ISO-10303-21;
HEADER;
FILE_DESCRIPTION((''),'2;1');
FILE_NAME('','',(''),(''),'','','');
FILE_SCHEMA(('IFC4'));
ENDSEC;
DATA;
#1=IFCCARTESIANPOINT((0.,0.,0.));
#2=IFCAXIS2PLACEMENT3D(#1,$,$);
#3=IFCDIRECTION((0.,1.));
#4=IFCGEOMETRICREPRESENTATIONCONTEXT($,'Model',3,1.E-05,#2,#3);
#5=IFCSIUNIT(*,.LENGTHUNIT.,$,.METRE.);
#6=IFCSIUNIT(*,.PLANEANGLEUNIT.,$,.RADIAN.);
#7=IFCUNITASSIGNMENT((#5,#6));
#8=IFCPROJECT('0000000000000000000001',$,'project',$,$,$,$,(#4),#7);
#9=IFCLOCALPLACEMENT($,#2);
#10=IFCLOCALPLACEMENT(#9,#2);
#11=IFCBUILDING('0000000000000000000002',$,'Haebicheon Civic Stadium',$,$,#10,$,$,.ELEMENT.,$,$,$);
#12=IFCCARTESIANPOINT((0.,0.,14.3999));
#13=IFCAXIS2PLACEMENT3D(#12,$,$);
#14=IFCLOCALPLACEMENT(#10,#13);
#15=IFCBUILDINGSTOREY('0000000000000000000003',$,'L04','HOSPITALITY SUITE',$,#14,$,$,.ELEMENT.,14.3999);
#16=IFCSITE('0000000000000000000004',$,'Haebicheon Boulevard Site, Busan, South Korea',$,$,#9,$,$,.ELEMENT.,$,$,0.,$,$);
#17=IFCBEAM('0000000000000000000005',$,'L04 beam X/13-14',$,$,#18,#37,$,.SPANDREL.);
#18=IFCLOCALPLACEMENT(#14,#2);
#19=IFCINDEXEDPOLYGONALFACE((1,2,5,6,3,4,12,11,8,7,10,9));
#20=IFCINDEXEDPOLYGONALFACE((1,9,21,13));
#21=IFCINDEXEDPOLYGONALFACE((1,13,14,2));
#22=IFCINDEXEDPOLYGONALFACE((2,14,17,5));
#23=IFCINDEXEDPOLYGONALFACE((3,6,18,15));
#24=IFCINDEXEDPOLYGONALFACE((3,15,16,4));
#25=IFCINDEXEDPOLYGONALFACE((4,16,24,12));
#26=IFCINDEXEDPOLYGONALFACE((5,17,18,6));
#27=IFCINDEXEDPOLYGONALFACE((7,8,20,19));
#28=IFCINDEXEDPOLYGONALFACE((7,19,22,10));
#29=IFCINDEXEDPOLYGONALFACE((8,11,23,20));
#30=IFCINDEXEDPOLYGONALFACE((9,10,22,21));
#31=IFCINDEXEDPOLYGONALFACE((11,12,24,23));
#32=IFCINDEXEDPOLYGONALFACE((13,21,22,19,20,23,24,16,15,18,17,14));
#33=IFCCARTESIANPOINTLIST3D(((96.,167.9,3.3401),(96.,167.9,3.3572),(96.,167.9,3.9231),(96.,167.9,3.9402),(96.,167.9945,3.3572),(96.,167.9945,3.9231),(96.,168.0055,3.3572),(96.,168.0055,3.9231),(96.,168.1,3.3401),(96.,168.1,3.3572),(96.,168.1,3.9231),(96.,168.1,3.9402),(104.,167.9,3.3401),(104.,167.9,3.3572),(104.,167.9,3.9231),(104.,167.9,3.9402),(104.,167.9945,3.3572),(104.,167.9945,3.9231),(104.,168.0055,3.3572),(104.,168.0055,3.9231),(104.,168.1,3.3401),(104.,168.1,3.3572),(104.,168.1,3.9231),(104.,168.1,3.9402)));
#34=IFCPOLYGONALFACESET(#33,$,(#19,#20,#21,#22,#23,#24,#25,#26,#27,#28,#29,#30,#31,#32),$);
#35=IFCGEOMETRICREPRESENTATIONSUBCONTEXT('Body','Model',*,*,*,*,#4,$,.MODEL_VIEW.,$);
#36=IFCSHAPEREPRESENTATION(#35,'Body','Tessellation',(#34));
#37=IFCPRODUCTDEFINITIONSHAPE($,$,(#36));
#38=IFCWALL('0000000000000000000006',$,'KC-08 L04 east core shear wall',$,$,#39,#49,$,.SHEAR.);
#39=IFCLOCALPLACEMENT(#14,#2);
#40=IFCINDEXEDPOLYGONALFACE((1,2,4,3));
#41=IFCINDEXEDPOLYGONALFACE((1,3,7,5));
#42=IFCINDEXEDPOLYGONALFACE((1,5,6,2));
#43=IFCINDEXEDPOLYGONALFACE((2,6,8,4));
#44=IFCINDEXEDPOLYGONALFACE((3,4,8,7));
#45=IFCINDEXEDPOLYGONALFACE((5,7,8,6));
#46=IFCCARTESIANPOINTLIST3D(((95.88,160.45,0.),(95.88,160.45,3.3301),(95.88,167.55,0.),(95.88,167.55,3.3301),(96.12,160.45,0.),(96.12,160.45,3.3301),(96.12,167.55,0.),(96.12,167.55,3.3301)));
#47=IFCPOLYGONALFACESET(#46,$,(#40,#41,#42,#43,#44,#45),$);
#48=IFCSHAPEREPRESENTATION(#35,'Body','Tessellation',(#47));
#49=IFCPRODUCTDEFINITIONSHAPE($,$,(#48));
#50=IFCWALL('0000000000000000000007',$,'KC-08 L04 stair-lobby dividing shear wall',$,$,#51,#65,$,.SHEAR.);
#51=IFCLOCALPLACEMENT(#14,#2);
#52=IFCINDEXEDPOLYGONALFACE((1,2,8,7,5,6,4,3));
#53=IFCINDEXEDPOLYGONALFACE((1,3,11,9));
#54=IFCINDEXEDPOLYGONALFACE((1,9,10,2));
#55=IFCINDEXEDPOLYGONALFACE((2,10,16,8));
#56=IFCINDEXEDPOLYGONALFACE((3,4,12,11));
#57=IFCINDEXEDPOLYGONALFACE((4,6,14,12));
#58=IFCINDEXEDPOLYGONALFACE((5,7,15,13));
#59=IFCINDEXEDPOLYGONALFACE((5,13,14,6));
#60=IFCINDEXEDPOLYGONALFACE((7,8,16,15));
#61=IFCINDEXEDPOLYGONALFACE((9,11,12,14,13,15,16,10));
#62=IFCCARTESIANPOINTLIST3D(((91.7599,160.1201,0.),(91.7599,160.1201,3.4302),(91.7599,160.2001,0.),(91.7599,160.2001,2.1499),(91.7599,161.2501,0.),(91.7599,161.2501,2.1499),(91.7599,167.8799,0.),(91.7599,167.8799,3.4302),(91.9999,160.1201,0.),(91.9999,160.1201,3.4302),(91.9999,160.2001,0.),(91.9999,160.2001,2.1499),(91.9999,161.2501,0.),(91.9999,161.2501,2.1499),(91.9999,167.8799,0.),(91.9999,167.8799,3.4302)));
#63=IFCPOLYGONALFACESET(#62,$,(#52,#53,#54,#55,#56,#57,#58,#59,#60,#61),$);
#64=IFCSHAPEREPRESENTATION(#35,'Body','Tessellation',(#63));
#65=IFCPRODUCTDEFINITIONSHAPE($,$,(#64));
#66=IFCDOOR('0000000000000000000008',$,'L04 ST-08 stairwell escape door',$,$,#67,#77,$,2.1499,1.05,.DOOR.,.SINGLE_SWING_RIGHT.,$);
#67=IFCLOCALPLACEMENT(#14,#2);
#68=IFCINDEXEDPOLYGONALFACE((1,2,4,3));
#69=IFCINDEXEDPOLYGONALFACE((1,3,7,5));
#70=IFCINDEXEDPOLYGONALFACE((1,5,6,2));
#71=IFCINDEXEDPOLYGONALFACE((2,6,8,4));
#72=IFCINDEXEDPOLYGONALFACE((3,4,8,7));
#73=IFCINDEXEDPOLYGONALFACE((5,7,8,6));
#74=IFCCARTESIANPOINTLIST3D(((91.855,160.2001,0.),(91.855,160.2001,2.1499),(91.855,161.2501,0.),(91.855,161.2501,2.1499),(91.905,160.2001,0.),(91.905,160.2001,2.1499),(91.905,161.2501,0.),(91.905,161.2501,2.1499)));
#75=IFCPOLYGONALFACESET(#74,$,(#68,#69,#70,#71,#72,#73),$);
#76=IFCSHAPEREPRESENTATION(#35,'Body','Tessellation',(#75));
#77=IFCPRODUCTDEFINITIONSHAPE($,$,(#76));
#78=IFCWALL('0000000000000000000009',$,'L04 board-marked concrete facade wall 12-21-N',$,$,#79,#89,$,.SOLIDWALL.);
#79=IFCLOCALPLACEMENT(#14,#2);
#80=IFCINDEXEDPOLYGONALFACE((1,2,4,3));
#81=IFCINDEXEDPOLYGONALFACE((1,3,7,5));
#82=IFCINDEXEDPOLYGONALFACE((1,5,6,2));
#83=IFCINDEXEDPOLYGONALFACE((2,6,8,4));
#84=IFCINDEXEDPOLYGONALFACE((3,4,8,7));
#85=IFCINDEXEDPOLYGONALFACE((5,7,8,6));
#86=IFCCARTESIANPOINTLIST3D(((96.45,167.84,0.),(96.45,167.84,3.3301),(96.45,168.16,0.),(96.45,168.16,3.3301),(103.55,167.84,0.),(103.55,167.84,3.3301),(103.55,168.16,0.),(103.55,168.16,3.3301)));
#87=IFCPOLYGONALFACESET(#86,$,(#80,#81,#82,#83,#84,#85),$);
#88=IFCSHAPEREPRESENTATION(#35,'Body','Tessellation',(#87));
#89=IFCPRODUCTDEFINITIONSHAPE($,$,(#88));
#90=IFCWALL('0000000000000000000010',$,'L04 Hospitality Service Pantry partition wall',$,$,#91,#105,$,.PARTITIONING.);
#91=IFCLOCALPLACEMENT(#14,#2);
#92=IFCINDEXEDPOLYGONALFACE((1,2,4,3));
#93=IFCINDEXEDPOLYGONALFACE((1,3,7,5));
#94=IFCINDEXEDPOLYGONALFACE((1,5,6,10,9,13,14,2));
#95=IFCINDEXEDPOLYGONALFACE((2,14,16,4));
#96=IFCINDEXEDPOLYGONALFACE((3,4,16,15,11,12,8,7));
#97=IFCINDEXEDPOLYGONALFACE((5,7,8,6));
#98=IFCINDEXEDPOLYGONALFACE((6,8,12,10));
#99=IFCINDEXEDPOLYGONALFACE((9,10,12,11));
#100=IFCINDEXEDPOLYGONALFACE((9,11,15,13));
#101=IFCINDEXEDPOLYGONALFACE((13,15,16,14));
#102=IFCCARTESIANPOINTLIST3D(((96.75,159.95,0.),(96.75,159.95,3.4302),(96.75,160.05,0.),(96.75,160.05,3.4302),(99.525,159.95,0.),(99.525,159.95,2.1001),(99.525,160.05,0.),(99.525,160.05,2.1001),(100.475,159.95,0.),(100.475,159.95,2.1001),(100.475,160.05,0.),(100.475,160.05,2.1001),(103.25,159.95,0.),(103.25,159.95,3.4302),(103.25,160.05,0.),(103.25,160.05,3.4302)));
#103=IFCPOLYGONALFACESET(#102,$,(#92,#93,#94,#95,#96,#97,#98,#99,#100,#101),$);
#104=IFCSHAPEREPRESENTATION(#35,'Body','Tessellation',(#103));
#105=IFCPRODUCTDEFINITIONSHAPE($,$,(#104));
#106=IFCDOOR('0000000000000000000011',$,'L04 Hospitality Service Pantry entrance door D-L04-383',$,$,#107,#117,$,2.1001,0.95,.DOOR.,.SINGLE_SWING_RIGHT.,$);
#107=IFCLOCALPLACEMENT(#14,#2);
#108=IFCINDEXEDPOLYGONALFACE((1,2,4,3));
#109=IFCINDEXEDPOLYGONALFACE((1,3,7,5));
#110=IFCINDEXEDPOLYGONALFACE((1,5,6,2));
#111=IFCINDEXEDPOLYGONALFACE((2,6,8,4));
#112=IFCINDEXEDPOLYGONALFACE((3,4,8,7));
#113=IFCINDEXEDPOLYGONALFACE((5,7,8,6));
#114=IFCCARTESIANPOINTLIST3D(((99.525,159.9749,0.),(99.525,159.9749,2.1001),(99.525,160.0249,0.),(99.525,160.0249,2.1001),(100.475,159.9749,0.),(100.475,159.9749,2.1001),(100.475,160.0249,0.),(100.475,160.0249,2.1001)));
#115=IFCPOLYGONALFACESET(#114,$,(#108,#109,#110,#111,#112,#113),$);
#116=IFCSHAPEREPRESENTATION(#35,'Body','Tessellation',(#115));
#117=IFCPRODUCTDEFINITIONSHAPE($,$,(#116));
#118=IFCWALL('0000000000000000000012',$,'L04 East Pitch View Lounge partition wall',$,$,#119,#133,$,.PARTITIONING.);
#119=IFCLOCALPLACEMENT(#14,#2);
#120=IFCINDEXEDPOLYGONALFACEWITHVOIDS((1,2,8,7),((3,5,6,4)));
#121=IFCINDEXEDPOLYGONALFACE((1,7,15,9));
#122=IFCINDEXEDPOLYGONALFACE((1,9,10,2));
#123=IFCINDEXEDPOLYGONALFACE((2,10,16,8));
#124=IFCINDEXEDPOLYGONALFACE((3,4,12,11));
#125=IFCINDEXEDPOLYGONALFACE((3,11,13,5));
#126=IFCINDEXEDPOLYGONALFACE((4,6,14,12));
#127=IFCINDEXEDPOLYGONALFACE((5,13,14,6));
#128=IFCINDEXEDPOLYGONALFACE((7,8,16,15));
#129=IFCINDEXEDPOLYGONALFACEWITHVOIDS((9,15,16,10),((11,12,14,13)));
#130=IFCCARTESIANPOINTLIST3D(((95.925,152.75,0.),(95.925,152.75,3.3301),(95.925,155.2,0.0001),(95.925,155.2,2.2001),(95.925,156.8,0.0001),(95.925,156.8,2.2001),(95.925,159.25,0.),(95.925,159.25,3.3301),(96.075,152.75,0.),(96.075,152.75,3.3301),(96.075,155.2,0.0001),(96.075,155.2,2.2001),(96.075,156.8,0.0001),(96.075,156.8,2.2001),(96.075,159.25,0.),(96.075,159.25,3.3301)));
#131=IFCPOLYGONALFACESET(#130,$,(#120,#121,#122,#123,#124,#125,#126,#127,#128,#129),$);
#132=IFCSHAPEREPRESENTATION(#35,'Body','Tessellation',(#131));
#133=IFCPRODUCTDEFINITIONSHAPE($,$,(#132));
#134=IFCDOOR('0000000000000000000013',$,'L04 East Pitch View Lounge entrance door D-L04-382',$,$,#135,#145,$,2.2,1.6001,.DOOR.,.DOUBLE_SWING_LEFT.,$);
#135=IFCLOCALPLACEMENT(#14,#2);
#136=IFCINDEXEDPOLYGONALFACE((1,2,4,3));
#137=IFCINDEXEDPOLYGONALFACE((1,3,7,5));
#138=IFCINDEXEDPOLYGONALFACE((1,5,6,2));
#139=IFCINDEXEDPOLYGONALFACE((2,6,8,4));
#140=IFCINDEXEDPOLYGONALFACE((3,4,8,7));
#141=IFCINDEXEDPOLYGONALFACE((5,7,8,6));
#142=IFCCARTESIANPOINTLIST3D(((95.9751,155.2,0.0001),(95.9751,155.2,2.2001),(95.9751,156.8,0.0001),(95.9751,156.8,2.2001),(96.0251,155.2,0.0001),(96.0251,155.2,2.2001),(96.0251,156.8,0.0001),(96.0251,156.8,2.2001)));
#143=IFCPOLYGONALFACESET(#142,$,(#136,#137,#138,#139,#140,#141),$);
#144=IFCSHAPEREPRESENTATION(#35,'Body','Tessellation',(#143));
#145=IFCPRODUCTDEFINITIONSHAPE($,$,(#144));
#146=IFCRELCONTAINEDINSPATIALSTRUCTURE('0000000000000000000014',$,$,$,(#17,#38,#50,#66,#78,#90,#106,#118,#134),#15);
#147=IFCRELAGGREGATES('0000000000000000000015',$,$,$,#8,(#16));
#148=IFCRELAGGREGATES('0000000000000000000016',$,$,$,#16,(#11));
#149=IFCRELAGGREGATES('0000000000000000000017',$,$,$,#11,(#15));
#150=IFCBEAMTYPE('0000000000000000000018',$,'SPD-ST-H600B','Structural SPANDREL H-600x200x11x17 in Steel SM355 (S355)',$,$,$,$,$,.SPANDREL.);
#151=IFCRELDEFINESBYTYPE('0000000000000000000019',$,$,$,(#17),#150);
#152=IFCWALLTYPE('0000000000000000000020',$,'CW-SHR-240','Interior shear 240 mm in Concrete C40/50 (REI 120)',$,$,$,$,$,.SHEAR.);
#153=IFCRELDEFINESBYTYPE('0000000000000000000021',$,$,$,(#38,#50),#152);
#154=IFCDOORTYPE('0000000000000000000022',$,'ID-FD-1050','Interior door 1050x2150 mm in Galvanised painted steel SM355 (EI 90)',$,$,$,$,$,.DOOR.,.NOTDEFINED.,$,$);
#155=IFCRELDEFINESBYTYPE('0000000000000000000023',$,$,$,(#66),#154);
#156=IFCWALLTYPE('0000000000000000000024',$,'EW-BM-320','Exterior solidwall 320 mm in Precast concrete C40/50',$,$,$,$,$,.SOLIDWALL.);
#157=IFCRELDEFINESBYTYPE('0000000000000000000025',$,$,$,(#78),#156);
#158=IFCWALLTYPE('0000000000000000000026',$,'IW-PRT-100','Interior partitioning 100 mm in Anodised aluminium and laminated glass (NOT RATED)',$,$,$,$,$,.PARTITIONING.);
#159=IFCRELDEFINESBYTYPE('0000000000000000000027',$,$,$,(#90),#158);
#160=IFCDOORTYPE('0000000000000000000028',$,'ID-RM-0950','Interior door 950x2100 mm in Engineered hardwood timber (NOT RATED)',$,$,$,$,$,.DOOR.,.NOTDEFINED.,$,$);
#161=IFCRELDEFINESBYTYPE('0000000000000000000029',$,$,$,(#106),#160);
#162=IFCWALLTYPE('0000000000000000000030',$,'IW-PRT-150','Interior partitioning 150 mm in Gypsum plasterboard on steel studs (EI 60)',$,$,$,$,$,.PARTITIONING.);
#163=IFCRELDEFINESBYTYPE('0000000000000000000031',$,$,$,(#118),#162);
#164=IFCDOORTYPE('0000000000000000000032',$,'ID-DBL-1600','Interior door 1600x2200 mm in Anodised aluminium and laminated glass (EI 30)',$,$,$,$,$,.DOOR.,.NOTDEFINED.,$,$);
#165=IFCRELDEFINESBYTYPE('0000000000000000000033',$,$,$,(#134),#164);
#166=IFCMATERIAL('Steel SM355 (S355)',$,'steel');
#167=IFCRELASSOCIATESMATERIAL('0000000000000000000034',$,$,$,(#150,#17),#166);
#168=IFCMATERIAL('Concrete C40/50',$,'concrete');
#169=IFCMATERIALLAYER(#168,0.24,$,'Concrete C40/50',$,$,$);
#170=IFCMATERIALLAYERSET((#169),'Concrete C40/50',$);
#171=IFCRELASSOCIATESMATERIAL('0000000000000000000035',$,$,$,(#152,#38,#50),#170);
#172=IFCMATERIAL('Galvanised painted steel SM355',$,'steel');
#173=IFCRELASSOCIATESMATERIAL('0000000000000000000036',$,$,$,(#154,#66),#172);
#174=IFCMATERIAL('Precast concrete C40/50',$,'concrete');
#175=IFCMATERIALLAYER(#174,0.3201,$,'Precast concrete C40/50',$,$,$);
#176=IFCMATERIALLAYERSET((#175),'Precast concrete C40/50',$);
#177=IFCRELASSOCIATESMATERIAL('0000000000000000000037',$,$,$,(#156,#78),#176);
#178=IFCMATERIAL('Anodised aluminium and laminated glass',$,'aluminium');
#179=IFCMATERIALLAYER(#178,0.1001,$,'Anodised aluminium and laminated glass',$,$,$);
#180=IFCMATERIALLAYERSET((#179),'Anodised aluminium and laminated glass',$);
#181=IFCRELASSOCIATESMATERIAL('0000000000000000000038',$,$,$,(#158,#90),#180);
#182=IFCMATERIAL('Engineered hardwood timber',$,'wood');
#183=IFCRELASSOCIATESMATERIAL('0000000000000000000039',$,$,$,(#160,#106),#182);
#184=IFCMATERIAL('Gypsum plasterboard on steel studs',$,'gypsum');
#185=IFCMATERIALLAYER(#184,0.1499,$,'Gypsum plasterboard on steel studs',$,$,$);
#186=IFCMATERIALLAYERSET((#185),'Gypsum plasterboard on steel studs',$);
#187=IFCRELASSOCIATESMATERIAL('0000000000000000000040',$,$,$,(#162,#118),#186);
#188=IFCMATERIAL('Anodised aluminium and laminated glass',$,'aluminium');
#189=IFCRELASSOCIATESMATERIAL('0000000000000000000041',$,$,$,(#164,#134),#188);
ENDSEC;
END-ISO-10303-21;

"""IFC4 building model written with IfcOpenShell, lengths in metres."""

from ifc_helpers import new_model, si_unit, direction, frame, frame_2d, origin, origin_2d, place, context, subcontext, project, spatial, rectangle, i_section, extrude, material, layer, layer_set, material_profile, profile_set, type_object, element, fill, save


model = new_model("IFC4")

# Units and contexts
model_context = context("Model", 3, precision=1e-05, world=origin(), true_north=direction((0.0, 1.0)))
body_context = subcontext(model_context, "Body", "Model", "MODEL_VIEW")
ifc_project = project(units=[si_unit("LENGTHUNIT", "METRE"), si_unit("PLANEANGLEUNIT", "RADIAN")], contexts=[model_context])

# Site, building, storey
site_placement = place(None, origin())
site = spatial("IfcSite", under=ifc_project, at=site_placement, Name="Haebicheon Boulevard Site, Busan, South Korea", CompositionType="ELEMENT", RefElevation=0.0)
building_placement = place(site_placement, origin())
building = spatial("IfcBuilding", under=site, at=building_placement, Name="Haebicheon Civic Stadium", CompositionType="ELEMENT")
storey_placement = place(building_placement, frame((0.0, 0.0, 14.3999)))
storey = spatial("IfcBuildingStorey", under=building, at=storey_placement, Name="L04", Description="HOSPITALITY SUITE", CompositionType="ELEMENT", Elevation=14.3999)

# Beam
ifc_material_1 = material(Name="Steel SM355 (S355)", Category="steel")
ifc_material_profile_1 = material_profile(ifc_material_1, i_section(OverallWidth=0.2, OverallDepth=0.6001, WebThickness=0.011, FlangeThickness=0.0171, at=origin_2d()), Name="H-600x200x11x17")
ifc_profile_set_1 = profile_set([ifc_material_profile_1], Name="Steel SM355 (S355)")
beam_type_1 = type_object("IfcBeamType", Name="SPD-ST-H600B", Description="Structural SPANDREL H-600x200x11x17 in Steel SM355 (S355)", PredefinedType="SPANDREL", material=ifc_profile_set_1)
beam_1_placement = place(storey_placement, frame((96.0, 168.0, 3.6401), z_axis=(1.0, 0.0, 0.0), x_axis=(0.0, 1.0, 0.0)))
element("IfcBeam", 1, at=beam_1_placement, inside=storey, type_object=beam_type_1, material=ifc_profile_set_1, Name="L04 beam X/13-14", PredefinedType="SPANDREL", context=body_context, shape_type="SweptSolid", body=[
    extrude(i_section(OverallWidth=0.2, OverallDepth=0.6001, WebThickness=0.011, FlangeThickness=0.0171, at=origin_2d()), origin(), (0.0, 0.0, 1.0), 8.0),
])

# Wall
ifc_material_2 = material(Name="Concrete C40/50", Category="concrete")
ifc_layer_1 = layer(ifc_material_2, 0.24, Name="Concrete C40/50")
ifc_layer_set_1 = layer_set([ifc_layer_1], Name="Concrete C40/50")
wall_type_1 = type_object("IfcWallType", Name="CW-SHR-240", Description="Interior shear 240 mm in Concrete C40/50 (REI 120)", PredefinedType="SHEAR", material=ifc_layer_set_1)
wall_1_placement = place(storey_placement, frame((96.0, 160.45, 0.0), z_axis=(0.0, 0.0, 1.0), x_axis=(0.0, 1.0, 0.0)))
element("IfcWall", 2, at=wall_1_placement, inside=storey, type_object=wall_type_1, material=ifc_layer_set_1, Name="KC-08 L04 east core shear wall", PredefinedType="SHEAR", context=body_context, shape_type="SweptSolid", body=[
    extrude(rectangle(XDim=7.1001, YDim=0.24, at=frame_2d((3.55, 0.0))), origin(), (0.0, 0.0, 1.0), 3.3301),
])

# Wall, opening, door
wall_2_placement = place(storey_placement, frame((91.8799, 160.1201, 0.0), z_axis=(0.0, 0.0, 1.0), x_axis=(0.0, 1.0, 0.0)))
wall_2 = element("IfcWall", 3, at=wall_2_placement, inside=storey, type_object=wall_type_1, material=ifc_layer_set_1, Name="KC-08 L04 stair-lobby dividing shear wall", PredefinedType="SHEAR", context=body_context, shape_type="SweptSolid", body=[
    extrude(rectangle(XDim=7.7598, YDim=0.24, at=frame_2d((3.8799, 0.0))), origin(), (0.0, 0.0, 1.0), 3.4302),
])
opening_1_placement = place(wall_2_placement, frame((0.0801, 0.0, 0.0)))
opening_1 = element("IfcOpeningElement", 4, at=opening_1_placement, cuts=wall_2, PredefinedType="OPENING", context=body_context, shape_type="SweptSolid", body=[
    extrude(rectangle(XDim=1.05, YDim=2.1499, at=frame_2d((0.5249, 1.075))), frame((0.0, 0.1299, 0.0), z_axis=(0.0, -1.0, 0.0), x_axis=(1.0, 0.0, 0.0)), (0.0, 0.0, 1.0), 0.26),
])
ifc_material_3 = material(Name="Galvanised painted steel SM355", Category="steel")
door_type_1 = type_object("IfcDoorType", Name="ID-FD-1050", Description="Interior door 1050x2150 mm in Galvanised painted steel SM355 (EI 90)", OperationType="NOTDEFINED", PredefinedType="DOOR", material=ifc_material_3)
door_1_placement = place(opening_1_placement, origin())
door_1 = element("IfcDoor", 5, at=door_1_placement, inside=storey, type_object=door_type_1, material=ifc_material_3, Name="L04 ST-08 stairwell escape door", OperationType="SINGLE_SWING_RIGHT", OverallHeight=2.1499, OverallWidth=1.05, PredefinedType="DOOR", context=body_context, shape_type="SweptSolid", body=[
    extrude(rectangle(XDim=1.05, YDim=2.1499, at=frame_2d((0.5249, 1.075))), frame((0.0, 0.0249, 0.0), z_axis=(0.0, -1.0, 0.0), x_axis=(1.0, 0.0, 0.0)), (0.0, 0.0, 1.0), 0.05),
])
fill(opening_1, door_1)

# Wall
ifc_material_4 = material(Name="Precast concrete C40/50", Category="concrete")
ifc_layer_2 = layer(ifc_material_4, 0.3201, Name="Precast concrete C40/50")
ifc_layer_set_2 = layer_set([ifc_layer_2], Name="Precast concrete C40/50")
wall_type_2 = type_object("IfcWallType", Name="EW-BM-320", Description="Exterior solidwall 320 mm in Precast concrete C40/50", PredefinedType="SOLIDWALL", material=ifc_layer_set_2)
wall_3_placement = place(storey_placement, frame((96.45, 168.0, 0.0), z_axis=(0.0, 0.0, 1.0), x_axis=(1.0, 0.0, 0.0)))
element("IfcWall", 6, at=wall_3_placement, inside=storey, type_object=wall_type_2, material=ifc_layer_set_2, Name="L04 board-marked concrete facade wall 12-21-N", PredefinedType="SOLIDWALL", context=body_context, shape_type="SweptSolid", body=[
    extrude(rectangle(XDim=7.1001, YDim=0.3201, at=frame_2d((3.55, 0.0))), origin(), (0.0, 0.0, 1.0), 3.3301),
])

# Walls, openings, doors
ifc_material_5 = material(Name="Anodised aluminium and laminated glass", Category="aluminium")
ifc_layer_3 = layer(ifc_material_5, 0.1001, Name="Anodised aluminium and laminated glass")
ifc_layer_set_3 = layer_set([ifc_layer_3], Name="Anodised aluminium and laminated glass")
wall_type_3 = type_object("IfcWallType", Name="IW-PRT-100", Description="Interior partitioning 100 mm in Anodised aluminium and laminated glass (NOT RATED)", PredefinedType="PARTITIONING", material=ifc_layer_set_3)
wall_4_placement = place(storey_placement, frame((96.75, 160.0, 0.0), z_axis=(0.0, 0.0, 1.0), x_axis=(1.0, 0.0, 0.0)))
wall_4 = element("IfcWall", 7, at=wall_4_placement, inside=storey, type_object=wall_type_3, material=ifc_layer_set_3, Name="L04 Hospitality Service Pantry partition wall", PredefinedType="PARTITIONING", context=body_context, shape_type="SweptSolid", body=[
    extrude(rectangle(XDim=6.5, YDim=0.1001, at=frame_2d((3.25, 0.0))), origin(), (0.0, 0.0, 1.0), 3.4302),
])
opening_2_placement = place(wall_4_placement, frame((2.7749, 0.0, 0.0)))
opening_2 = element("IfcOpeningElement", 8, at=opening_2_placement, cuts=wall_4, PredefinedType="OPENING", context=body_context, shape_type="SweptSolid", body=[
    extrude(rectangle(XDim=0.95, YDim=2.1001, at=frame_2d((0.4751, 1.05))), frame((0.0, 0.0601, 0.0), z_axis=(0.0, -1.0, 0.0), x_axis=(1.0, 0.0, 0.0)), (0.0, 0.0, 1.0), 0.1201),
])
ifc_material_6 = material(Name="Engineered hardwood timber", Category="wood")
door_type_2 = type_object("IfcDoorType", Name="ID-RM-0950", Description="Interior door 950x2100 mm in Engineered hardwood timber (NOT RATED)", OperationType="NOTDEFINED", PredefinedType="DOOR", material=ifc_material_6)
door_2_placement = place(opening_2_placement, origin())
door_2 = element("IfcDoor", 9, at=door_2_placement, inside=storey, type_object=door_type_2, material=ifc_material_6, Name="L04 Hospitality Service Pantry entrance door D-L04-383", OperationType="SINGLE_SWING_RIGHT", OverallHeight=2.1001, OverallWidth=0.95, PredefinedType="DOOR", context=body_context, shape_type="SweptSolid", body=[
    extrude(rectangle(XDim=0.95, YDim=2.1001, at=frame_2d((0.4751, 1.05))), frame((0.0, 0.0249, 0.0), z_axis=(0.0, -1.0, 0.0), x_axis=(1.0, 0.0, 0.0)), (0.0, 0.0, 1.0), 0.05),
])
fill(opening_2, door_2)
ifc_material_7 = material(Name="Gypsum plasterboard on steel studs", Category="gypsum")
ifc_layer_4 = layer(ifc_material_7, 0.1499, Name="Gypsum plasterboard on steel studs")
ifc_layer_set_4 = layer_set([ifc_layer_4], Name="Gypsum plasterboard on steel studs")
wall_type_4 = type_object("IfcWallType", Name="IW-PRT-150", Description="Interior partitioning 150 mm in Gypsum plasterboard on steel studs (EI 60)", PredefinedType="PARTITIONING", material=ifc_layer_set_4)
wall_5_placement = place(storey_placement, frame((96.0, 152.75, 0.0), z_axis=(0.0, 0.0, 1.0), x_axis=(0.0, 1.0, 0.0)))
wall_5 = element("IfcWall", 10, at=wall_5_placement, inside=storey, type_object=wall_type_4, material=ifc_layer_set_4, Name="L04 East Pitch View Lounge partition wall", PredefinedType="PARTITIONING", context=body_context, shape_type="SweptSolid", body=[
    extrude(rectangle(XDim=6.5, YDim=0.1499, at=frame_2d((3.25, 0.0))), origin(), (0.0, 0.0, 1.0), 3.3301),
])
opening_3_placement = place(wall_5_placement, frame((2.45, 0.0, 0.0)))
opening_3 = element("IfcOpeningElement", 11, at=opening_3_placement, cuts=wall_5, PredefinedType="OPENING", context=body_context, shape_type="SweptSolid", body=[
    extrude(rectangle(XDim=1.6001, YDim=2.2, at=frame_2d((0.8, 1.1001))), frame((0.0, 0.085, 0.0), z_axis=(0.0, -1.0, 0.0), x_axis=(1.0, 0.0, 0.0)), (0.0, 0.0, 1.0), 0.1699),
])
ifc_material_8 = material(Name="Anodised aluminium and laminated glass", Category="aluminium")
door_type_3 = type_object("IfcDoorType", Name="ID-DBL-1600", Description="Interior door 1600x2200 mm in Anodised aluminium and laminated glass (EI 30)", OperationType="NOTDEFINED", PredefinedType="DOOR", material=ifc_material_8)
door_3_placement = place(opening_3_placement, origin())
door_3 = element("IfcDoor", 12, at=door_3_placement, inside=storey, type_object=door_type_3, material=ifc_material_8, Name="L04 East Pitch View Lounge entrance door D-L04-382", OperationType="DOUBLE_SWING_LEFT", OverallHeight=2.2, OverallWidth=1.6001, PredefinedType="DOOR", context=body_context, shape_type="SweptSolid", body=[
    extrude(rectangle(XDim=1.6001, YDim=2.2, at=frame_2d((0.8, 1.1001))), frame((0.0, 0.0249, 0.0), z_axis=(0.0, -1.0, 0.0), x_axis=(1.0, 0.0, 0.0)), (0.0, 0.0, 1.0), 0.05),
])
fill(opening_3, door_3)

save(model, "model.ifc")
